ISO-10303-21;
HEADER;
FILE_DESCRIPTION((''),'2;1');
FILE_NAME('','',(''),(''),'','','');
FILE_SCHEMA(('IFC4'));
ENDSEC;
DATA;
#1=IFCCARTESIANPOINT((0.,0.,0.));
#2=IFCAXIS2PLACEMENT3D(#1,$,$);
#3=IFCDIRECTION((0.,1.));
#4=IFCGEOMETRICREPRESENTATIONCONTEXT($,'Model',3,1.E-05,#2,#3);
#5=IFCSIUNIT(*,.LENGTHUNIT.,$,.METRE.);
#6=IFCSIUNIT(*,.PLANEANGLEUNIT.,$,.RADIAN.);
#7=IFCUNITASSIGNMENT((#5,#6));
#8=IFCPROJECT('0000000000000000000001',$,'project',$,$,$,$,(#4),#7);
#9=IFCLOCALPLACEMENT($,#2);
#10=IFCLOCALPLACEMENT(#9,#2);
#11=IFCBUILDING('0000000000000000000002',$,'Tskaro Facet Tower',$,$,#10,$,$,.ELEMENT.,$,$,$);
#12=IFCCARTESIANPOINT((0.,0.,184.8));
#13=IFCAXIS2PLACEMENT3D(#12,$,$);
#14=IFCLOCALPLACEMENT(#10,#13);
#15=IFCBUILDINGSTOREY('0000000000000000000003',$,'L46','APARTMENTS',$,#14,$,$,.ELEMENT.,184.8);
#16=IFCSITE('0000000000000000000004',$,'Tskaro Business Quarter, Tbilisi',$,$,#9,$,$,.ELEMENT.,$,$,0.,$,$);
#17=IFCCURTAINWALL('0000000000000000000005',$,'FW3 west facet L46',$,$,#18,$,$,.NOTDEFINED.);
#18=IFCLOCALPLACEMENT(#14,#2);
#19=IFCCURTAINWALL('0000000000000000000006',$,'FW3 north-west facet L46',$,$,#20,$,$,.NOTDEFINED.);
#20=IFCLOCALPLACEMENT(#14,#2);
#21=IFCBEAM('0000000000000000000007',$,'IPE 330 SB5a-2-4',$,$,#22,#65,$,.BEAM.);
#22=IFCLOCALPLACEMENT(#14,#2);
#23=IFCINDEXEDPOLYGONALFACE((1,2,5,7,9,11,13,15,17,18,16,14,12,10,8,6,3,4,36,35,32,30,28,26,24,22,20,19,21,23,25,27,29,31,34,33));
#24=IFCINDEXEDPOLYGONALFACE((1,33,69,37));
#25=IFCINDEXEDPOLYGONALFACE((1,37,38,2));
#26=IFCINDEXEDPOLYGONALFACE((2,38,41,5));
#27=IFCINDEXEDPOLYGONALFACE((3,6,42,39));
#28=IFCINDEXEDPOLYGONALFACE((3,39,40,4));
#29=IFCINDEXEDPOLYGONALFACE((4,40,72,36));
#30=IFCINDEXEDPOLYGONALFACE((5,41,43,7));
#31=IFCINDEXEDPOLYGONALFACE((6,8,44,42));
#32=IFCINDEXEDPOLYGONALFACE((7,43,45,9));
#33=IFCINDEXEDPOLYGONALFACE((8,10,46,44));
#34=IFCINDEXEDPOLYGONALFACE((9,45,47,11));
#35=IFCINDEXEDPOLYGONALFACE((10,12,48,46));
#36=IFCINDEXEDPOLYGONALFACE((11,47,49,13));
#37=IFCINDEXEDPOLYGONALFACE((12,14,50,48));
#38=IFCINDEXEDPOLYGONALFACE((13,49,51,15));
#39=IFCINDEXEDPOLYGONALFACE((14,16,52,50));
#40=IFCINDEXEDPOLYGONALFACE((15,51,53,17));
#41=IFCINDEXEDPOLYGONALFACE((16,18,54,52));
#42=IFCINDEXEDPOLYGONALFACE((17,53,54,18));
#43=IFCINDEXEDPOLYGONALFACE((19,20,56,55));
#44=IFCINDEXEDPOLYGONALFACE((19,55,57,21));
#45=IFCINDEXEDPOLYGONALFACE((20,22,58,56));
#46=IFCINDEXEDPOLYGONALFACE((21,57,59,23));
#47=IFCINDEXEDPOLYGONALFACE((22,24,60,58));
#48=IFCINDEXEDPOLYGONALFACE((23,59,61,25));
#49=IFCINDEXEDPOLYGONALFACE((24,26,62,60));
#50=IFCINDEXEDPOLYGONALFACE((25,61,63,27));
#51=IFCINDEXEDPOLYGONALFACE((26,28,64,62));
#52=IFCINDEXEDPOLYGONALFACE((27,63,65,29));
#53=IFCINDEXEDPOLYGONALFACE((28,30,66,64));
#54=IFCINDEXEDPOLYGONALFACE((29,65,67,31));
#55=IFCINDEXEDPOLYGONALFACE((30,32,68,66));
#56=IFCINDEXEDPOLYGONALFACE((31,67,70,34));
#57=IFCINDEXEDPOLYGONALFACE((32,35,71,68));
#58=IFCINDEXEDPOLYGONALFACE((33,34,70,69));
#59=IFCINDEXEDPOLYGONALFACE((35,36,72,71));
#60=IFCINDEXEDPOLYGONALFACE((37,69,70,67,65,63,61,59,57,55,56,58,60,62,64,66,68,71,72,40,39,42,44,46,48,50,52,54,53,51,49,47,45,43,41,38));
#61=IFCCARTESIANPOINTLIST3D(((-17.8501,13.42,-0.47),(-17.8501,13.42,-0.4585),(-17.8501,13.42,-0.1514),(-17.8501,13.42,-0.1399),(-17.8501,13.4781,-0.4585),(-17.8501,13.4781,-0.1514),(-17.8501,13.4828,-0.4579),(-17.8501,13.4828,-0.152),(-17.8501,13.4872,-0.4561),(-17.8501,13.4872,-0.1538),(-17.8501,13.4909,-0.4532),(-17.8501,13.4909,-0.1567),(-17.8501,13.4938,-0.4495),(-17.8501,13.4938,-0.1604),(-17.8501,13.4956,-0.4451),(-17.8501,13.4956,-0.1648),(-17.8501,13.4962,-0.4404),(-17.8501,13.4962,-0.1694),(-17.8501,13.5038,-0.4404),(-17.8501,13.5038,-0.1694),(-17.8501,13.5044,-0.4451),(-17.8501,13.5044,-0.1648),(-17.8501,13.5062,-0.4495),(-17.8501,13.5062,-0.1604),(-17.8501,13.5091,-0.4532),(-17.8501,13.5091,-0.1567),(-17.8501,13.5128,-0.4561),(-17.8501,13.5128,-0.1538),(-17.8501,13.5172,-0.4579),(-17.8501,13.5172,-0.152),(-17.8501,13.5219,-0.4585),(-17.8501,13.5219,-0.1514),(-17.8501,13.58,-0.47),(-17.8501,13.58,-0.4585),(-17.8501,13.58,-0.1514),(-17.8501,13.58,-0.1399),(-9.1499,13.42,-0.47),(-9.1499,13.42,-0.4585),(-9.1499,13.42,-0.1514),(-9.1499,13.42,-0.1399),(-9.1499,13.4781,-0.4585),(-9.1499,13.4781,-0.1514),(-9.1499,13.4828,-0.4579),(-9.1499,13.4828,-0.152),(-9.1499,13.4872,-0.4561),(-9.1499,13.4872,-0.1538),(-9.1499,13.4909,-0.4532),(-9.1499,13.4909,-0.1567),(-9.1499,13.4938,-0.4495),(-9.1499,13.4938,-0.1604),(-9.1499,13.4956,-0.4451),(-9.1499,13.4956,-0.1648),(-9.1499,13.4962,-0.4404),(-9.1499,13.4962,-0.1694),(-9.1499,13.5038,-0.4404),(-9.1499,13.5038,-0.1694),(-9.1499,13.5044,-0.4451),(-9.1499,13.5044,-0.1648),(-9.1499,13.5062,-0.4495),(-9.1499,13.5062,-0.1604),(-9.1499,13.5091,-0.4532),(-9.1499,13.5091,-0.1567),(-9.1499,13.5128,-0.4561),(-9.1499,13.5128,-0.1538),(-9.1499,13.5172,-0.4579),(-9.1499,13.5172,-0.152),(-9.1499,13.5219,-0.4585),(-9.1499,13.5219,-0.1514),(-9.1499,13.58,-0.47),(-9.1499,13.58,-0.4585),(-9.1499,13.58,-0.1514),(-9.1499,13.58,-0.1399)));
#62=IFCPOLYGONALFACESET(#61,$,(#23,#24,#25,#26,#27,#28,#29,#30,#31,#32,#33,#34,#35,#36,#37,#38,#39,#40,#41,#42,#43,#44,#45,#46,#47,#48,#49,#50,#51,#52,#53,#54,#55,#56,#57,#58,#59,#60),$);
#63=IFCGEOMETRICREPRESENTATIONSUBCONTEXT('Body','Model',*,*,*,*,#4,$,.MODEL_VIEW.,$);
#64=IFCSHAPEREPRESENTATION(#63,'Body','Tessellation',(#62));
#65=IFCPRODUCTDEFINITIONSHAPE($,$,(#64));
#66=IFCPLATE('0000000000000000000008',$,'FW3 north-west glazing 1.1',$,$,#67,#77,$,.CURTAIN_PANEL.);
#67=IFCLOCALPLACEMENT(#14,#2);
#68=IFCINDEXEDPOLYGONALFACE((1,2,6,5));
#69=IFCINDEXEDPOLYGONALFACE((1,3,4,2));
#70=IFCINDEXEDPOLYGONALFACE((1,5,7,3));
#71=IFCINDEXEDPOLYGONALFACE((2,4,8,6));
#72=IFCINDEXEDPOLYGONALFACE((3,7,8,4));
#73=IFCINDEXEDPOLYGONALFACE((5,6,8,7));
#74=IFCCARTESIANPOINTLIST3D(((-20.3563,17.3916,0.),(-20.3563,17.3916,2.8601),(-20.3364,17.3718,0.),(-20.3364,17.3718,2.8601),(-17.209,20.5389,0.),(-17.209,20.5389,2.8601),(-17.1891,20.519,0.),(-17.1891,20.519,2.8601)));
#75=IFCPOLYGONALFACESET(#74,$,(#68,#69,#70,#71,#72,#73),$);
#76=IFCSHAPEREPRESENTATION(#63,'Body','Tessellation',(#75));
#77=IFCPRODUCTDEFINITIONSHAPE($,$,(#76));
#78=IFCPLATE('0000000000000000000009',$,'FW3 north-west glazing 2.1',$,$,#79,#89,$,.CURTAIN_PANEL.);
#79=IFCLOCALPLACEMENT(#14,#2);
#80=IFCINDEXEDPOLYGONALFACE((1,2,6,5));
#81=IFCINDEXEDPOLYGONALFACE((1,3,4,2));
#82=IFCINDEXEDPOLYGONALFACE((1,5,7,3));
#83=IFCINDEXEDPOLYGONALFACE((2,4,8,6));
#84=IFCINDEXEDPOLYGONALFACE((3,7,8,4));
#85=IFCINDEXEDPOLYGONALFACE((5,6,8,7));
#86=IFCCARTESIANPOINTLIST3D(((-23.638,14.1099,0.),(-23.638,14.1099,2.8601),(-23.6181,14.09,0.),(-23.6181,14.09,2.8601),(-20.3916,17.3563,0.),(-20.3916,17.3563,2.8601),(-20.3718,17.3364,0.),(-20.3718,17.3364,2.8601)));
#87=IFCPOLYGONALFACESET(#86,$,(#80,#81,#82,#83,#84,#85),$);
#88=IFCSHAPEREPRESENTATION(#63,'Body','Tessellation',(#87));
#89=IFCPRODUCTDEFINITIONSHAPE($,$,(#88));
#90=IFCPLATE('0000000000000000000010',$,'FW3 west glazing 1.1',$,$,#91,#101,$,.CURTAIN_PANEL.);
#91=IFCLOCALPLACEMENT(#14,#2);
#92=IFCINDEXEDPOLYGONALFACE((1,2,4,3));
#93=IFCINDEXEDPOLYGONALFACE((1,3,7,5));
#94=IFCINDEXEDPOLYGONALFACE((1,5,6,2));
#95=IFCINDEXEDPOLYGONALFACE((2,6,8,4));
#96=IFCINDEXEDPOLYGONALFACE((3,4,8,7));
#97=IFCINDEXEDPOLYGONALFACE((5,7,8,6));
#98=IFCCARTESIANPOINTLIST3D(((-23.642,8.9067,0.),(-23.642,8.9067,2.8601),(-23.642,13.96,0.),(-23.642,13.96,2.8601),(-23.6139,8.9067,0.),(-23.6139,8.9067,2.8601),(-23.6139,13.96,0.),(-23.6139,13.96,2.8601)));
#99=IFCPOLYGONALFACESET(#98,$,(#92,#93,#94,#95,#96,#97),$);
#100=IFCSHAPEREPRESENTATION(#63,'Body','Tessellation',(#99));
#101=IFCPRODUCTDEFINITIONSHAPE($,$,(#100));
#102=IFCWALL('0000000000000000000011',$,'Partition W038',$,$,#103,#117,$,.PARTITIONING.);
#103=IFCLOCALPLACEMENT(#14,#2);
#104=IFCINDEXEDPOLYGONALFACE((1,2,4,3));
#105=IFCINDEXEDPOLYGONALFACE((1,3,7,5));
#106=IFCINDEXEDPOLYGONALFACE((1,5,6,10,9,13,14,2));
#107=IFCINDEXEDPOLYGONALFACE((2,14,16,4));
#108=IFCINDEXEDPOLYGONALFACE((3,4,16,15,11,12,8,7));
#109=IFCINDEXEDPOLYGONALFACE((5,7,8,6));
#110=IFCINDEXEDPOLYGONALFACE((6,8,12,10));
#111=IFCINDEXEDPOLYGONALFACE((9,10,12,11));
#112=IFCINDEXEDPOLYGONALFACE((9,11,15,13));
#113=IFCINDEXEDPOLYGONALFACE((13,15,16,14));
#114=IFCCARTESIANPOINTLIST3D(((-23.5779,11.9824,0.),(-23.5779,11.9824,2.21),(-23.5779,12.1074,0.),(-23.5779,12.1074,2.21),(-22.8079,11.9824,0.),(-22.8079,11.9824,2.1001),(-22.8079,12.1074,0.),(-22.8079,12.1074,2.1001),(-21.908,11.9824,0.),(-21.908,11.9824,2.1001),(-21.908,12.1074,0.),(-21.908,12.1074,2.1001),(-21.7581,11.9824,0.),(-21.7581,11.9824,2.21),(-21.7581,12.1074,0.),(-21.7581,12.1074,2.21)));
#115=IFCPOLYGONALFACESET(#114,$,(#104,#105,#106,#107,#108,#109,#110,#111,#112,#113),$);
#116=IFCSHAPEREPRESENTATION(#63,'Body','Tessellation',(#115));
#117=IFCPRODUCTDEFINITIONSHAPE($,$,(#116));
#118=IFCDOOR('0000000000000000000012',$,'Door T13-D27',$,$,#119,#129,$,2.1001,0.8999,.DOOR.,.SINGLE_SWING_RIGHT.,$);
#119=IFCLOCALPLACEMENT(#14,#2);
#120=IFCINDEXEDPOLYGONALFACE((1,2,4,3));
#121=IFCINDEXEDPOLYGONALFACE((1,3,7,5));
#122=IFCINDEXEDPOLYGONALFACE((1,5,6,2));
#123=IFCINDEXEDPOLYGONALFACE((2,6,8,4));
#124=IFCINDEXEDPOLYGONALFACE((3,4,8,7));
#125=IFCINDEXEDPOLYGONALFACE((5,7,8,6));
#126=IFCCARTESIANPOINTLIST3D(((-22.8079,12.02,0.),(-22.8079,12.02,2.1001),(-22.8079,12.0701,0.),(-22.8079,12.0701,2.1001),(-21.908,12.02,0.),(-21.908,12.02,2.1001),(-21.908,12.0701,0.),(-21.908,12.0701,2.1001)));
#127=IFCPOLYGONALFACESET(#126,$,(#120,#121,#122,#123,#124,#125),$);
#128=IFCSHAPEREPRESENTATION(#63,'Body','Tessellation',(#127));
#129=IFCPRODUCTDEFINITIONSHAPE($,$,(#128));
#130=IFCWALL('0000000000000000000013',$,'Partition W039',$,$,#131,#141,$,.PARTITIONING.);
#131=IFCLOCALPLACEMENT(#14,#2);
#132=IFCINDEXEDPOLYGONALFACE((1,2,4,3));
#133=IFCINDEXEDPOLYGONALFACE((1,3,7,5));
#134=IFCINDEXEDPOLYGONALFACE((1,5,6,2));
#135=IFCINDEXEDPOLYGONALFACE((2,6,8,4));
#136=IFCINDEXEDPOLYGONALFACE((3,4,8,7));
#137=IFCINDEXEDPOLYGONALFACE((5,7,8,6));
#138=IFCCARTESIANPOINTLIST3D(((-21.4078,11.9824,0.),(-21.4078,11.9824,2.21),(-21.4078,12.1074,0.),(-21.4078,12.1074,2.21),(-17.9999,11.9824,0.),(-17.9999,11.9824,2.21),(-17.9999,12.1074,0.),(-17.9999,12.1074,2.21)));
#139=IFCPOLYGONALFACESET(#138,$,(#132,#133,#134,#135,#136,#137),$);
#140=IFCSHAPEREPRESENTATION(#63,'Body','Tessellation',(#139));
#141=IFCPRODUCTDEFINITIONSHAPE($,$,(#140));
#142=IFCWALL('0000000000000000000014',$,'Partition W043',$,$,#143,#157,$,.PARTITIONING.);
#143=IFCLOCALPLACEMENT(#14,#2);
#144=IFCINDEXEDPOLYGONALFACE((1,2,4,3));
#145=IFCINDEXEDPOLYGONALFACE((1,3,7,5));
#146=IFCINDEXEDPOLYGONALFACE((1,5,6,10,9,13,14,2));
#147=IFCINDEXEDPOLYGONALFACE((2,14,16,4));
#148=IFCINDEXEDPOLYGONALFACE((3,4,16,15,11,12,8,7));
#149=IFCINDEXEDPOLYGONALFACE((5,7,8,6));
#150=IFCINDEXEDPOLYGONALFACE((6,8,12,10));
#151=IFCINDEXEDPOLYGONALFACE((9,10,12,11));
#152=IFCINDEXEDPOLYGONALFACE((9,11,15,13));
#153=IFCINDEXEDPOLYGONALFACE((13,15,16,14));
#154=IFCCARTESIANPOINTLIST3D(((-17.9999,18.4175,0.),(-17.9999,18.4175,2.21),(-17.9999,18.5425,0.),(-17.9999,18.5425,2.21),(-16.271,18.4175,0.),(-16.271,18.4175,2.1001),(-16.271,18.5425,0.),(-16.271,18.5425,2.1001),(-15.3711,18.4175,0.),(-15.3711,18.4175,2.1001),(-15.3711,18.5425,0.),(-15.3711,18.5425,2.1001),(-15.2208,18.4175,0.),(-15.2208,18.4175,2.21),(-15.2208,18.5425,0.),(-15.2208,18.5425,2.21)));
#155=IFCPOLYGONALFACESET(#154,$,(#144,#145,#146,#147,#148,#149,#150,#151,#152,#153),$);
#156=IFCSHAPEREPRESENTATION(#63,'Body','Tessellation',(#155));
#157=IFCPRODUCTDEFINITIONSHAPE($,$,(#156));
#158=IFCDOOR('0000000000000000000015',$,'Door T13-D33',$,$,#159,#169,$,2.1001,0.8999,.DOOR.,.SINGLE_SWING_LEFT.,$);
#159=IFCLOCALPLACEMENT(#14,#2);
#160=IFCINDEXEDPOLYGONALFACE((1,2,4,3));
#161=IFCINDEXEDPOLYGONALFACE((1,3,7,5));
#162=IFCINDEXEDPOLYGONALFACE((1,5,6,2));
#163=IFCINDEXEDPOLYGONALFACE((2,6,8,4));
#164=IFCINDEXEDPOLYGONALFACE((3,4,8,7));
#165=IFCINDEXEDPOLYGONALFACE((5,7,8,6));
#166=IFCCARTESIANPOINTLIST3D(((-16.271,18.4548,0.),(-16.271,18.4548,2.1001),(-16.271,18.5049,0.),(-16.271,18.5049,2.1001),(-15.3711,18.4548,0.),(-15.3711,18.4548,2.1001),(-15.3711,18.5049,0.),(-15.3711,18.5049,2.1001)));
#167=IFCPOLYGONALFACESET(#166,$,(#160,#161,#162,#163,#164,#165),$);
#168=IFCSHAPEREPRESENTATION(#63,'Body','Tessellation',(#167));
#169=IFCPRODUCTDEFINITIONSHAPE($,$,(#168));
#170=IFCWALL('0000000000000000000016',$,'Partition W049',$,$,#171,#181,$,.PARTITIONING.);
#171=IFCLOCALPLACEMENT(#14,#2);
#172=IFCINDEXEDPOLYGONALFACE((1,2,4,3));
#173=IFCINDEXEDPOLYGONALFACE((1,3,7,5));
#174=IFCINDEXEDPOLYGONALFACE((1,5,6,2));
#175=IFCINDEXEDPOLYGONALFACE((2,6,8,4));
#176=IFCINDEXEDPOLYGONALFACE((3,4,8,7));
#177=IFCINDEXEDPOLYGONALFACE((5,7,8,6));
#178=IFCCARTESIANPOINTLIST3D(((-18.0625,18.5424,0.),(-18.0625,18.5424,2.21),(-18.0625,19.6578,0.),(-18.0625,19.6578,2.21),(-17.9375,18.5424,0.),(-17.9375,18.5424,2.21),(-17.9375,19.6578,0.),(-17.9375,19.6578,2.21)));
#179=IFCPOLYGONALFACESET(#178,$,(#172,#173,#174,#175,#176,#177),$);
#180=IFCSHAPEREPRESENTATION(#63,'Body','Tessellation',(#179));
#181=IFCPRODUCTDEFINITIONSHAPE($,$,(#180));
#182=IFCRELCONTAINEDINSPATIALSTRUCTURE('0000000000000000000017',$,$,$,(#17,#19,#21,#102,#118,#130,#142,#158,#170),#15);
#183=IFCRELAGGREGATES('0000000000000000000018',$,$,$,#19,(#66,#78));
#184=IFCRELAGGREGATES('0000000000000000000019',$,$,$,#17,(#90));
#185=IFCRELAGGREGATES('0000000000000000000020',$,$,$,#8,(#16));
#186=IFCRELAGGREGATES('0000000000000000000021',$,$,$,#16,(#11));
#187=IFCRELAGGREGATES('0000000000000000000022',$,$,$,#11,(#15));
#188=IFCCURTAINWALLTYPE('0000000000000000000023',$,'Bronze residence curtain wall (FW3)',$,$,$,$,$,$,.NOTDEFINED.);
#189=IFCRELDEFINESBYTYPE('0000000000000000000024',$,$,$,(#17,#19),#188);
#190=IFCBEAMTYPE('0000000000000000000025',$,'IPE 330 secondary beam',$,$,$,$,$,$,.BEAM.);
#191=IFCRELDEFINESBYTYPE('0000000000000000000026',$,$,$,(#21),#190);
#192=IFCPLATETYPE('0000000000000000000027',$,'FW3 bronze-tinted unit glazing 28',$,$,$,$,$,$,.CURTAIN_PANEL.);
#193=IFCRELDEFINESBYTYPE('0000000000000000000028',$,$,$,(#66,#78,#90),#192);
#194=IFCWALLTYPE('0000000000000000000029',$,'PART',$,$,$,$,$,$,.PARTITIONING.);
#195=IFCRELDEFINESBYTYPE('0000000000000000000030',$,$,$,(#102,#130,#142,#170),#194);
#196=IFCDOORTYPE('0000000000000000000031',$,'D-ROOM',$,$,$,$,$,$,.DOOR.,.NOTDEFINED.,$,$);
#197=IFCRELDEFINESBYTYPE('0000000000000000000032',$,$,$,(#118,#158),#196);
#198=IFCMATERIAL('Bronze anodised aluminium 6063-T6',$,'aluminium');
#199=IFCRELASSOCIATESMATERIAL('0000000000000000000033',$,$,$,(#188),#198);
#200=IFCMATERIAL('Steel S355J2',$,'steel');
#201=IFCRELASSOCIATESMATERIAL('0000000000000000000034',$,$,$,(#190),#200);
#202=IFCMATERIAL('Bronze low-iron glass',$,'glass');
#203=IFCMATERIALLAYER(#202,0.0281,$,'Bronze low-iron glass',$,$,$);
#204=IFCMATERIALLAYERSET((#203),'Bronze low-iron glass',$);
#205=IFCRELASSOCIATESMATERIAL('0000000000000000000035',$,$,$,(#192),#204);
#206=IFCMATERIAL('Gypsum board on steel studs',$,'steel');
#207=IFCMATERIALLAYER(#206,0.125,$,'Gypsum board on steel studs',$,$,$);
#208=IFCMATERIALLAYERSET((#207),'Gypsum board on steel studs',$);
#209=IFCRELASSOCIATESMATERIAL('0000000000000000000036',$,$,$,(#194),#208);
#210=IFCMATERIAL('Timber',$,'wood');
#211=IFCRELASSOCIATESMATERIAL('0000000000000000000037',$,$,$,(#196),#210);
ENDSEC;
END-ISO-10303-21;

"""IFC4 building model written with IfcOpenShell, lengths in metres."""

from ifc_helpers import new_model, si_unit, direction, frame, frame_2d, origin, origin_2d, place, context, subcontext, project, spatial, rectangle, i_section, extrude, material, layer, layer_set, material_profile, profile_set, type_object, element, fill, aggregate, save


model = new_model("IFC4")

# Units and contexts
model_context = context("Model", 3, precision=1e-05, world=origin(), true_north=direction((0.0, 1.0)))
body_context = subcontext(model_context, "Body", "Model", "MODEL_VIEW")
ifc_project = project(units=[si_unit("LENGTHUNIT", "METRE"), si_unit("PLANEANGLEUNIT", "RADIAN")], contexts=[model_context])

# Site, building, storey
site_placement = place(None, origin())
site = spatial("IfcSite", under=ifc_project, at=site_placement, Name="Tskaro Business Quarter, Tbilisi", CompositionType="ELEMENT", RefElevation=0.0)
building_placement = place(site_placement, origin())
building = spatial("IfcBuilding", under=site, at=building_placement, Name="Tskaro Facet Tower", CompositionType="ELEMENT")
storey_placement = place(building_placement, frame((0.0, 0.0, 184.8)))
storey = spatial("IfcBuildingStorey", under=building, at=storey_placement, Name="L46", Description="APARTMENTS", CompositionType="ELEMENT", Elevation=184.8)

# Curtain wall
ifc_material_1 = material(Name="Bronze anodised aluminium 6063-T6", Category="aluminium")
curtain_wall_type = type_object("IfcCurtainWallType", Name="Bronze residence curtain wall (FW3)", PredefinedType="NOTDEFINED", material=ifc_material_1)
curtain_wall_1_placement = place(storey_placement, origin())
curtain_wall_1 = element("IfcCurtainWall", 1, at=curtain_wall_1_placement, inside=storey, type_object=curtain_wall_type, Name="FW3 west facet L46", PredefinedType="NOTDEFINED")

# Curtain wall
curtain_wall_2_placement = place(storey_placement, origin())
curtain_wall_2 = element("IfcCurtainWall", 2, at=curtain_wall_2_placement, inside=storey, type_object=curtain_wall_type, Name="FW3 north-west facet L46", PredefinedType="NOTDEFINED")

# Beam
ifc_material_2 = material(Name="Steel S355J2", Category="steel")
ifc_material_profile_1 = material_profile(ifc_material_2, i_section(OverallWidth=0.1599, OverallDepth=0.3301, WebThickness=0.0076, FlangeThickness=0.0115, FilletRadius=0.0181, at=origin_2d()), Name="IPE 330")
ifc_profile_set_1 = profile_set([ifc_material_profile_1], Name="Steel S355J2")
beam_type_1 = type_object("IfcBeamType", Name="IPE 330 secondary beam", PredefinedType="BEAM", material=ifc_profile_set_1)
beam_1_placement = place(storey_placement, frame((-17.8501, 13.5, -0.3049), z_axis=(1.0, 0.0, 0.0), x_axis=(0.0, 1.0, 0.0)))
element("IfcBeam", 3, at=beam_1_placement, inside=storey, type_object=beam_type_1, Name="IPE 330 SB5a-2-4", PredefinedType="BEAM", context=body_context, shape_type="SweptSolid", body=[
    extrude(i_section(OverallWidth=0.1599, OverallDepth=0.3301, WebThickness=0.0076, FlangeThickness=0.0115, FilletRadius=0.0181, at=origin_2d()), origin(), (0.0, 0.0, 1.0), 8.7002),
])

# Plates
ifc_material_3 = material(Name="Bronze low-iron glass", Category="glass")
ifc_layer_1 = layer(ifc_material_3, 0.0281, Name="Bronze low-iron glass")
ifc_layer_set_1 = layer_set([ifc_layer_1], Name="Bronze low-iron glass")
plate_type = type_object("IfcPlateType", Name="FW3 bronze-tinted unit glazing 28", PredefinedType="CURTAIN_PANEL", material=ifc_layer_set_1)
plate_1_placement = place(storey_placement, frame((-18.7727, 18.9553, 0.0), z_axis=(0.0, 0.0, 1.0), x_axis=(-0.707107, -0.707107, 0.0)))
plate_1 = element("IfcPlate", 4, at=plate_1_placement, type_object=plate_type, Name="FW3 north-west glazing 1.1", PredefinedType="CURTAIN_PANEL", context=body_context, shape_type="SweptSolid", body=[
    extrude(rectangle(XDim=4.4509, YDim=0.0281, at=origin_2d()), origin(), (0.0, 0.0, 1.0), 2.8601),
])
plate_2_placement = place(storey_placement, frame((-22.0049, 15.7231, 0.0), z_axis=(0.0, 0.0, 1.0), x_axis=(-0.707107, -0.707107, 0.0)))
plate_2 = element("IfcPlate", 5, at=plate_2_placement, type_object=plate_type, Name="FW3 north-west glazing 2.1", PredefinedType="CURTAIN_PANEL", context=body_context, shape_type="SweptSolid", body=[
    extrude(rectangle(XDim=4.5911, YDim=0.0281, at=origin_2d()), origin(), (0.0, 0.0, 1.0), 2.8601),
])
aggregate(curtain_wall_2, [plate_1, plate_2])
plate_3_placement = place(storey_placement, frame((-23.6279, 11.4333, 0.0), z_axis=(0.0, 0.0, 1.0), x_axis=(0.0, -1.0, 0.0)))
plate_3 = element("IfcPlate", 6, at=plate_3_placement, type_object=plate_type, Name="FW3 west glazing 1.1", PredefinedType="CURTAIN_PANEL", context=body_context, shape_type="SweptSolid", body=[
    extrude(rectangle(XDim=5.0532, YDim=0.0281, at=origin_2d()), origin(), (0.0, 0.0, 1.0), 2.8601),
])
aggregate(curtain_wall_1, [plate_3])

# Wall, opening, door
ifc_material_4 = material(Name="Gypsum board on steel studs", Category="steel")
ifc_layer_2 = layer(ifc_material_4, 0.125, Name="Gypsum board on steel studs")
ifc_layer_set_2 = layer_set([ifc_layer_2], Name="Gypsum board on steel studs")
wall_type = type_object("IfcWallType", Name="PART", PredefinedType="PARTITIONING", material=ifc_layer_set_2)
wall_1_placement = place(storey_placement, frame((-21.7581, 12.0449, 0.0), z_axis=(0.0, 0.0, 1.0), x_axis=(-1.0, 0.0, 0.0)))
wall_1 = element("IfcWall", 7, at=wall_1_placement, inside=storey, type_object=wall_type, Name="Partition W038", PredefinedType="PARTITIONING", context=body_context, shape_type="SweptSolid", body=[
    extrude(rectangle(XDim=1.8198, YDim=0.125, at=frame_2d((0.9099, 0.0))), origin(), (0.0, 0.0, 1.0), 2.21),
])
opening_1_placement = place(wall_1_placement, frame((0.1499, 0.0, 0.0)))
opening_1 = element("IfcOpeningElement", 8, at=opening_1_placement, cuts=wall_1, PredefinedType="OPENING", context=body_context, shape_type="SweptSolid", body=[
    extrude(rectangle(XDim=0.8999, YDim=2.1001, at=frame_2d((0.45, 1.05))), frame((0.0, 0.0725, 0.0), z_axis=(0.0, -1.0, 0.0), x_axis=(1.0, 0.0, 0.0)), (0.0, 0.0, 1.0), 0.145),
])
ifc_material_5 = material(Name="Timber", Category="wood")
door_type = type_object("IfcDoorType", Name="D-ROOM", OperationType="NOTDEFINED", PredefinedType="DOOR", material=ifc_material_5)
door_1_placement = place(opening_1_placement, origin())
door_1 = element("IfcDoor", 9, at=door_1_placement, inside=storey, type_object=door_type, Name="Door T13-D27", OperationType="SINGLE_SWING_RIGHT", OverallHeight=2.1001, OverallWidth=0.8999, PredefinedType="DOOR", context=body_context, shape_type="SweptSolid", body=[
    extrude(rectangle(XDim=0.8999, YDim=2.1001, at=frame_2d((0.45, 1.05))), frame((0.0, 0.0249, 0.0), z_axis=(0.0, -1.0, 0.0), x_axis=(1.0, 0.0, 0.0)), (0.0, 0.0, 1.0), 0.05),
])
fill(opening_1, door_1)

# Wall
wall_2_placement = place(storey_placement, frame((-21.408, 12.0449, 0.0), z_axis=(0.0, 0.0, 1.0), x_axis=(1.0, 0.0, 0.0)))
element("IfcWall", 10, at=wall_2_placement, inside=storey, type_object=wall_type, Name="Partition W039", PredefinedType="PARTITIONING", context=body_context, shape_type="SweptSolid", body=[
    extrude(rectangle(XDim=3.408, YDim=0.125, at=frame_2d((1.7041, 0.0))), origin(), (0.0, 0.0, 1.0), 2.21),
])

# Wall, opening, door
wall_3_placement = place(storey_placement, frame((-18.0, 18.48, 0.0), z_axis=(0.0, 0.0, 1.0), x_axis=(1.0, 0.0, 0.0)))
wall_3 = element("IfcWall", 11, at=wall_3_placement, inside=storey, type_object=wall_type, Name="Partition W043", PredefinedType="PARTITIONING", context=body_context, shape_type="SweptSolid", body=[
    extrude(rectangle(XDim=2.7791, YDim=0.125, at=frame_2d((1.3896, 0.0))), origin(), (0.0, 0.0, 1.0), 2.21),
])
opening_2_placement = place(wall_3_placement, frame((1.729, 0.0, 0.0)))
opening_2 = element("IfcOpeningElement", 12, at=opening_2_placement, cuts=wall_3, PredefinedType="OPENING", context=body_context, shape_type="SweptSolid", body=[
    extrude(rectangle(XDim=0.8999, YDim=2.1001, at=frame_2d((0.45, 1.05))), frame((0.0, 0.0725, 0.0), z_axis=(0.0, -1.0, 0.0), x_axis=(1.0, 0.0, 0.0)), (0.0, 0.0, 1.0), 0.145),
])
door_2_placement = place(opening_2_placement, origin())
door_2 = element("IfcDoor", 13, at=door_2_placement, inside=storey, type_object=door_type, Name="Door T13-D33", OperationType="SINGLE_SWING_LEFT", OverallHeight=2.1001, OverallWidth=0.8999, PredefinedType="DOOR", context=body_context, shape_type="SweptSolid", body=[
    extrude(rectangle(XDim=0.8999, YDim=2.1001, at=frame_2d((0.45, 1.05))), frame((0.0, 0.0249, 0.0), z_axis=(0.0, -1.0, 0.0), x_axis=(1.0, 0.0, 0.0)), (0.0, 0.0, 1.0), 0.05),
])
fill(opening_2, door_2)

# Wall
wall_4_placement = place(storey_placement, frame((-18.0, 18.5425, 0.0), z_axis=(0.0, 0.0, 1.0), x_axis=(0.0, 1.0, 0.0)))
element("IfcWall", 14, at=wall_4_placement, inside=storey, type_object=wall_type, Name="Partition W049", PredefinedType="PARTITIONING", context=body_context, shape_type="SweptSolid", body=[
    extrude(rectangle(XDim=1.1155, YDim=0.125, at=frame_2d((0.5576, 0.0))), origin(), (0.0, 0.0, 1.0), 2.21),
])

save(model, "model.ifc")
